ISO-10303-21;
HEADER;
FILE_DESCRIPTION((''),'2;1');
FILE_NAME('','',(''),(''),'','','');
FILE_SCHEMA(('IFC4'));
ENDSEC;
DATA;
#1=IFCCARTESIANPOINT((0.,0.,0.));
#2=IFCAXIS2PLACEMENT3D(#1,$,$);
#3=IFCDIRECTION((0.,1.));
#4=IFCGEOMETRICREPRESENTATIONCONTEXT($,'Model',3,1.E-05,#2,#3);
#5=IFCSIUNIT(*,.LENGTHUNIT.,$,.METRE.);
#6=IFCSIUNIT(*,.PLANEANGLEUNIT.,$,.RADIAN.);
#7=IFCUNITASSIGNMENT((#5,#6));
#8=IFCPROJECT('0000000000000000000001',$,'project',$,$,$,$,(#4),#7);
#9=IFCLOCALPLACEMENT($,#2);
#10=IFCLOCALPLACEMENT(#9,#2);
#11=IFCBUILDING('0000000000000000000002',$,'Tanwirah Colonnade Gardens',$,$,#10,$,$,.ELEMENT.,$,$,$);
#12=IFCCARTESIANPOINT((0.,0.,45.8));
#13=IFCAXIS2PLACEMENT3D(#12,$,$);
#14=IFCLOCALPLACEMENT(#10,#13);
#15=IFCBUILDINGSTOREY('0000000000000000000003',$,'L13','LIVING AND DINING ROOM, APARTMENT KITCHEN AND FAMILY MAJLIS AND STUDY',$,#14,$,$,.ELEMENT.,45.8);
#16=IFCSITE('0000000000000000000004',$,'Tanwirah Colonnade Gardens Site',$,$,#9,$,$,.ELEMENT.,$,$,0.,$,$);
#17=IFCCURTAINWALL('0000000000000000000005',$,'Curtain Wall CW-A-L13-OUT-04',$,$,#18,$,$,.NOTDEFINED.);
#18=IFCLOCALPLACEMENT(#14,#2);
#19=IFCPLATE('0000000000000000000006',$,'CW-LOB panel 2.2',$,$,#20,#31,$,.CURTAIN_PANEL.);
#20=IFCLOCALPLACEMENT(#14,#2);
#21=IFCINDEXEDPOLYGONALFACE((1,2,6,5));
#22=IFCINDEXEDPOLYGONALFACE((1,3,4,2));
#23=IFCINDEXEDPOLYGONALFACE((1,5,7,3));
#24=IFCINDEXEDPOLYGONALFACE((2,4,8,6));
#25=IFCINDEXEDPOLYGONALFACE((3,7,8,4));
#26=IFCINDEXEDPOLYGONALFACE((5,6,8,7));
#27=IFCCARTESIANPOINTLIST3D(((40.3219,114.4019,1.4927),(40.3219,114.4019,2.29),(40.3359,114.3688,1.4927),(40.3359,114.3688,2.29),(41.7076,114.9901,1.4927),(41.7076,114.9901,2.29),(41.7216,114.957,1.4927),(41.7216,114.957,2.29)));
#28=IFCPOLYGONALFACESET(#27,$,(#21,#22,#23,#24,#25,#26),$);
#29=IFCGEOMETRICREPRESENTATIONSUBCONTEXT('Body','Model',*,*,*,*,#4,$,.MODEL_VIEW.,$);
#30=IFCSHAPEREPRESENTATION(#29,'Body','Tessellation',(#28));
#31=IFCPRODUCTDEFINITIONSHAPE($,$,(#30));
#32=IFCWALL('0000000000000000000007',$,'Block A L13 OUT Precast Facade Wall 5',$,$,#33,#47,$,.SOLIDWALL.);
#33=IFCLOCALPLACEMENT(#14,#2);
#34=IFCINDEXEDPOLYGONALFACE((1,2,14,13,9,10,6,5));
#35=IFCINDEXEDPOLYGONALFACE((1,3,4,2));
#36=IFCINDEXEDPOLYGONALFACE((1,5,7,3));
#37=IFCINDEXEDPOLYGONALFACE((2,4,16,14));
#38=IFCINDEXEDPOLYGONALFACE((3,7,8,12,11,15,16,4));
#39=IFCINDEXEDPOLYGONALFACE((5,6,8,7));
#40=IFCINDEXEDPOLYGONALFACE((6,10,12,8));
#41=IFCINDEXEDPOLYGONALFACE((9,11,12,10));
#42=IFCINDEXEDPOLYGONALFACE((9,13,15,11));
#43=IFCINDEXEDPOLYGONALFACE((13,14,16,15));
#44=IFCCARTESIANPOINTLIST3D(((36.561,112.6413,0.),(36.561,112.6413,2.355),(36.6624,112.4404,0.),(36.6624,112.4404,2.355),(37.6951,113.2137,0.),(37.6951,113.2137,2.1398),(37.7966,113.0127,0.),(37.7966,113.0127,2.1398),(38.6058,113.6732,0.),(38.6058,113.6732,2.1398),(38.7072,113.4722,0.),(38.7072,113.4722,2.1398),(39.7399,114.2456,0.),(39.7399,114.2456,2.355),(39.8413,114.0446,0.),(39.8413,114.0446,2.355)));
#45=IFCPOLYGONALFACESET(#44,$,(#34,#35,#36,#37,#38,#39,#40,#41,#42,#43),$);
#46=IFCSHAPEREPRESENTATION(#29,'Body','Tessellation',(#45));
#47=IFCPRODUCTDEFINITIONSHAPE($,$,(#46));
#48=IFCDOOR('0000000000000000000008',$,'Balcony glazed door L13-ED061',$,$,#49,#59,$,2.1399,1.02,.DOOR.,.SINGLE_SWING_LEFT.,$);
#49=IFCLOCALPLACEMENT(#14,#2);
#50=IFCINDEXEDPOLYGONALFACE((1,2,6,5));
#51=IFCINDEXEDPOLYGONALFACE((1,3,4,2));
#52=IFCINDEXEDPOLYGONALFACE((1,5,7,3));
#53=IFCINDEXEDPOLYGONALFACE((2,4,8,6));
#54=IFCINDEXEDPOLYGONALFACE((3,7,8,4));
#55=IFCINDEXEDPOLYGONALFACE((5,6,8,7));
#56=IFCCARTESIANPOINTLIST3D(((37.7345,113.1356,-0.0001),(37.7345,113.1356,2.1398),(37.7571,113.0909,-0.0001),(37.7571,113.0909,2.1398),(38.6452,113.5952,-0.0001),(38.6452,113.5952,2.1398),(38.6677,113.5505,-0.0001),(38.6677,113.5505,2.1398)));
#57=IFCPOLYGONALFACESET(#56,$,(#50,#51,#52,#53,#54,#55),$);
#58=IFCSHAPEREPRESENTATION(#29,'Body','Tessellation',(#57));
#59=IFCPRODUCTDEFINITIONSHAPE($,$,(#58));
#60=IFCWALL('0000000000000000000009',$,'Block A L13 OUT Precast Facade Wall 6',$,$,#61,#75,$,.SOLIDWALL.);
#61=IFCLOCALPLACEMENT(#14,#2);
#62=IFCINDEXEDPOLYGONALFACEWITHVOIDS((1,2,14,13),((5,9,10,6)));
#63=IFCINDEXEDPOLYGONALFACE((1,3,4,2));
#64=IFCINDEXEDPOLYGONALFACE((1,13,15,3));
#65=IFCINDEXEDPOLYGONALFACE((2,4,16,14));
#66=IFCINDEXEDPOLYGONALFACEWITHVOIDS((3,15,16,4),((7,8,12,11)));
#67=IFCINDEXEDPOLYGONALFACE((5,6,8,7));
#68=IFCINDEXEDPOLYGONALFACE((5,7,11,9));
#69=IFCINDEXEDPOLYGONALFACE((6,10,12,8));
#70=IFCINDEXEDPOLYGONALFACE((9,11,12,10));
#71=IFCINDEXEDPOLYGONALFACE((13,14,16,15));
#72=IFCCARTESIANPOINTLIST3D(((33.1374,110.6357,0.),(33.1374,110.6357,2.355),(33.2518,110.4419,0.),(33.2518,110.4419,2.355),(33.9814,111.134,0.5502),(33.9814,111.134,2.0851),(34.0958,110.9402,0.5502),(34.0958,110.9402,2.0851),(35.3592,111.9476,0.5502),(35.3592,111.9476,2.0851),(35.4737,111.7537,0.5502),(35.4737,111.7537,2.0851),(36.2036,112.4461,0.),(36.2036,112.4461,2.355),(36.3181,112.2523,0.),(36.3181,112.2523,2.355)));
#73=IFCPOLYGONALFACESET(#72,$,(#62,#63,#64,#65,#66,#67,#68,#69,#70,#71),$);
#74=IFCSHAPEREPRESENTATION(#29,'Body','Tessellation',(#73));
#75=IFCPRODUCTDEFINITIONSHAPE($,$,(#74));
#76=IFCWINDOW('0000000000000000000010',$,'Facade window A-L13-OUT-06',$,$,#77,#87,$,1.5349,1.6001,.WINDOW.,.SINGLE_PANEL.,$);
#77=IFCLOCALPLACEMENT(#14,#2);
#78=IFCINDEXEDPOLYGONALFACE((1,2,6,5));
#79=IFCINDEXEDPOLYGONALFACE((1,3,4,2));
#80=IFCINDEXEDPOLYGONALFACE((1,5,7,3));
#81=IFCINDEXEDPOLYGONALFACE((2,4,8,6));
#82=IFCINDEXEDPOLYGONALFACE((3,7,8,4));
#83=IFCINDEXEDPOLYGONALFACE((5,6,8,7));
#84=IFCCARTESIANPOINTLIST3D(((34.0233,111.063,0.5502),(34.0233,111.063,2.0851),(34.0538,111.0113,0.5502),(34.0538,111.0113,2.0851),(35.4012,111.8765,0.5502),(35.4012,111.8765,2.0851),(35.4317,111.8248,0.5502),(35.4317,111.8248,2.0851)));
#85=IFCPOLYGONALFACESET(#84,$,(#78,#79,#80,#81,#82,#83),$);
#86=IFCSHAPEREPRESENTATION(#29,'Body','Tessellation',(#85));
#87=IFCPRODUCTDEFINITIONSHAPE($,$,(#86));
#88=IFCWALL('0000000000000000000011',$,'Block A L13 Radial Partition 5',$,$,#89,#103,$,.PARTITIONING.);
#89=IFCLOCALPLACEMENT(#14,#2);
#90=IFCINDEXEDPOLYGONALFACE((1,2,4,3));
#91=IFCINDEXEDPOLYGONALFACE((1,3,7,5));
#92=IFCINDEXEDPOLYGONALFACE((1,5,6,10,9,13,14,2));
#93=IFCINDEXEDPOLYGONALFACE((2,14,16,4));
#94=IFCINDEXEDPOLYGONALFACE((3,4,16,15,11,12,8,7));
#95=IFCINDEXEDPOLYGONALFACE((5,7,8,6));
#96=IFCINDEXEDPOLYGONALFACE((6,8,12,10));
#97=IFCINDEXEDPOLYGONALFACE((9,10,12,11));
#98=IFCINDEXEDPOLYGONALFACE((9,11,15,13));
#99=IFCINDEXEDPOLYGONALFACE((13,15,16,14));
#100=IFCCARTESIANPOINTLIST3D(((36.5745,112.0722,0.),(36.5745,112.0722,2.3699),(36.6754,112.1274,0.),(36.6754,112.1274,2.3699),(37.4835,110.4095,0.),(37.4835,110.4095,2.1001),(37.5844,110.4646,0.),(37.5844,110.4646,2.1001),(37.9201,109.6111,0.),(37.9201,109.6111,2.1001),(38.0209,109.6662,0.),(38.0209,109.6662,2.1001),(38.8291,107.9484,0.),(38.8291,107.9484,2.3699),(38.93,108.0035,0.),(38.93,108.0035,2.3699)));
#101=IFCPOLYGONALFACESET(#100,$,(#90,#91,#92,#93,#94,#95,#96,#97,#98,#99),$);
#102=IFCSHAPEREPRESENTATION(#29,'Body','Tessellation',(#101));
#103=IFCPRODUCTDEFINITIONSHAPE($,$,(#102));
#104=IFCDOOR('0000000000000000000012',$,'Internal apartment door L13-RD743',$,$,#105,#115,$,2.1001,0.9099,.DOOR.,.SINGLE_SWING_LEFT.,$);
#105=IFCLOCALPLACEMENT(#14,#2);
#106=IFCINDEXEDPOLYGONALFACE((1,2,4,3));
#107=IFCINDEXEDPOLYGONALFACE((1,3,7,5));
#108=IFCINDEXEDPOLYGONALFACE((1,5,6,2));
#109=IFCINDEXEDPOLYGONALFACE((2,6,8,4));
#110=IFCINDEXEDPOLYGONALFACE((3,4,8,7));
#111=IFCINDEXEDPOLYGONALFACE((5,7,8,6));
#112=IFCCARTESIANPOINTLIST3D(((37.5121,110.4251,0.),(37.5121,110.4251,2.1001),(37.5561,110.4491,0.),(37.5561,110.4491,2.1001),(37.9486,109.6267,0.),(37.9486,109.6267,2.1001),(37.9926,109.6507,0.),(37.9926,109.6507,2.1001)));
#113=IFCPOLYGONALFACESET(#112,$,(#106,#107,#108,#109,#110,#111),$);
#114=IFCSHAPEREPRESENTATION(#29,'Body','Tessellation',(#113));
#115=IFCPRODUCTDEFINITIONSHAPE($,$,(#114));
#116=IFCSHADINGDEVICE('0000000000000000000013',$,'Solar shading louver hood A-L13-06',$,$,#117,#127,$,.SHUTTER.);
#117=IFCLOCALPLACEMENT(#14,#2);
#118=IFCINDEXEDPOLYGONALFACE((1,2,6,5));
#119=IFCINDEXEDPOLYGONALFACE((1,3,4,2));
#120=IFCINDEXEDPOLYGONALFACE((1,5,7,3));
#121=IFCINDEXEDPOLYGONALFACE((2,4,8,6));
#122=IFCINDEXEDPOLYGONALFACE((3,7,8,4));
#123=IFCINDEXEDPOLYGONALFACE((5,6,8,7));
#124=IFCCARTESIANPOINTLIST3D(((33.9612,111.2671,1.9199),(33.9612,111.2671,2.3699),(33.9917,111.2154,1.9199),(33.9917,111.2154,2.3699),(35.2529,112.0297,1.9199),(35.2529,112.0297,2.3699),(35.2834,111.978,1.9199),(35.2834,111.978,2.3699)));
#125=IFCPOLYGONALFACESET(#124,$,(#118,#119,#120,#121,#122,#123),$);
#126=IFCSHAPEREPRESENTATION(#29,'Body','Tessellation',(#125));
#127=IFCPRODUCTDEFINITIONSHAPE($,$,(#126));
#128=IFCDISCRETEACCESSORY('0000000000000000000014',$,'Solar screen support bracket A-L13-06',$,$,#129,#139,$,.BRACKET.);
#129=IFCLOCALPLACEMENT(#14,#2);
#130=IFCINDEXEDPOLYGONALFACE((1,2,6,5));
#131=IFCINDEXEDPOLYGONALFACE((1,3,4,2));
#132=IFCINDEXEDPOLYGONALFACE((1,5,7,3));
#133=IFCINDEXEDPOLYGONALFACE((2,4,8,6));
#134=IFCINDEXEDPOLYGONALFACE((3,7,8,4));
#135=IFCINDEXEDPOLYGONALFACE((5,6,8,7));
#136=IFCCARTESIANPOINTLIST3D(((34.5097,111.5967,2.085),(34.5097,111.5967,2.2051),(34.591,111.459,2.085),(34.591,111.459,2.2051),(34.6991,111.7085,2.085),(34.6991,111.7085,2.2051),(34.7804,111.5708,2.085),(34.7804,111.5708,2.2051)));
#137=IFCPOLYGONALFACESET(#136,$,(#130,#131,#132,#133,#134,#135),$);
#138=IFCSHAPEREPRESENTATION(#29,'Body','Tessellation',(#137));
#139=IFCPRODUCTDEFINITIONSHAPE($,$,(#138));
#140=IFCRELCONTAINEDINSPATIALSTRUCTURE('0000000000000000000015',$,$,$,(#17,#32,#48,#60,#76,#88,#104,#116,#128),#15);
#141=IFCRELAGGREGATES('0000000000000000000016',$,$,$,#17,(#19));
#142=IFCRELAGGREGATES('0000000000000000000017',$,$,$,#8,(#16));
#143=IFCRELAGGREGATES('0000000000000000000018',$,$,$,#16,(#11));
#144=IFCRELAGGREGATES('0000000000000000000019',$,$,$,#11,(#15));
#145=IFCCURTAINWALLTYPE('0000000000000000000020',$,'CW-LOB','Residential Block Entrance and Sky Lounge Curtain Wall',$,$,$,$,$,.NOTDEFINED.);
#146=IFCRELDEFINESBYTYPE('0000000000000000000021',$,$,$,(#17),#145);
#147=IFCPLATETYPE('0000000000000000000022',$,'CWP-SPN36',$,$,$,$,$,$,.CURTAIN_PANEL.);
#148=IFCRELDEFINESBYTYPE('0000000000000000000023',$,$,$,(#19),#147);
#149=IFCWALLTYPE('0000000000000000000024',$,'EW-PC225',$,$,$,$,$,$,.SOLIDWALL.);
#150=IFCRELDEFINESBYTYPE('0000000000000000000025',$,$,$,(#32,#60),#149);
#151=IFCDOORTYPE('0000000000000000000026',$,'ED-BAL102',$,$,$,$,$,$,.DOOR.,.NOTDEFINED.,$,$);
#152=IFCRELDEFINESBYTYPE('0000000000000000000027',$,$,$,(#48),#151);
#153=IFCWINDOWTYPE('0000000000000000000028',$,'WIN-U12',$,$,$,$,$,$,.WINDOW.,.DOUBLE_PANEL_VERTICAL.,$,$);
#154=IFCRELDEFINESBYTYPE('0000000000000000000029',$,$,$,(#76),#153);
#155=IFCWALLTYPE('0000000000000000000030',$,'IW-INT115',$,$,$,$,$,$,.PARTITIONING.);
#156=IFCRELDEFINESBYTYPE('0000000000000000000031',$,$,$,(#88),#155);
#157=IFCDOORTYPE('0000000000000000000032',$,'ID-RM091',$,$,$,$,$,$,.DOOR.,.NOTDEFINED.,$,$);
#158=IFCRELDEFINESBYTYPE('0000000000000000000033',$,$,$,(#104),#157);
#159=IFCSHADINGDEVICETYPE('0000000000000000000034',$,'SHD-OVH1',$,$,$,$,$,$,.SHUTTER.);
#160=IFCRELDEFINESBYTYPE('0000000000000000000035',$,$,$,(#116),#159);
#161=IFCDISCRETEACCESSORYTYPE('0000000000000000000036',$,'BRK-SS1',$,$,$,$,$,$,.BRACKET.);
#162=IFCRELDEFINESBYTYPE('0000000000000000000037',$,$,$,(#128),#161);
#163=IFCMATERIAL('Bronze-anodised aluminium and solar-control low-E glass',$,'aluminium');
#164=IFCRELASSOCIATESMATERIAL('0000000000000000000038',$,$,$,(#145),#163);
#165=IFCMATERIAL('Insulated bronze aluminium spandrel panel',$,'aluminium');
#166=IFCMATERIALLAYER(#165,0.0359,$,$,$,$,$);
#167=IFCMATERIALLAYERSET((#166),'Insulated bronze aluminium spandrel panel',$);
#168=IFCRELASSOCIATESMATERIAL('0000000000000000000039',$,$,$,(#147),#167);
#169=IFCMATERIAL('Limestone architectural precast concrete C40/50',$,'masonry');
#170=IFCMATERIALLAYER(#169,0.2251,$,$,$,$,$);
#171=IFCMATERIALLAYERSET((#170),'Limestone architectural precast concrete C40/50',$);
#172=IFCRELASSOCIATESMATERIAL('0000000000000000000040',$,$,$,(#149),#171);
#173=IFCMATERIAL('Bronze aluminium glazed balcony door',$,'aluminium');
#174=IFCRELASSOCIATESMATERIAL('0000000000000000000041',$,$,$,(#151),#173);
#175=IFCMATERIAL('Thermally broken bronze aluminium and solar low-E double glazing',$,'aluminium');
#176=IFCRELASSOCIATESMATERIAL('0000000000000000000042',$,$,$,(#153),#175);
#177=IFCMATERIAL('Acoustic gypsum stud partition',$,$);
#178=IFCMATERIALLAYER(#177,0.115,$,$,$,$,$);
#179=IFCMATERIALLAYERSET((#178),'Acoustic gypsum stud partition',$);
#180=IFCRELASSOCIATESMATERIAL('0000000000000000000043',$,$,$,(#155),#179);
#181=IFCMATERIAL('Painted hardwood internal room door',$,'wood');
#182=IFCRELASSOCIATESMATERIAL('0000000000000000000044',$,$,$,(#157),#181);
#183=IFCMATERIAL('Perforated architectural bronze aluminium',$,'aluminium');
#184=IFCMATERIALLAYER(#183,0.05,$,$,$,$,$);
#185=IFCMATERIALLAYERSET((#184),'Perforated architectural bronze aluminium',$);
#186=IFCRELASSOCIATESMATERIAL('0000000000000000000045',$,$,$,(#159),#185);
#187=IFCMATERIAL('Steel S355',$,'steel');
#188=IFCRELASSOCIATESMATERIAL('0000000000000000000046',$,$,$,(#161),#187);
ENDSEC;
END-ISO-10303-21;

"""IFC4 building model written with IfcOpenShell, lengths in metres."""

from ifc_helpers import new_model, si_unit, direction, frame, frame_2d, origin, origin_2d, place, context, subcontext, project, spatial, rectangle, extrude, material, layer, layer_set, type_object, element, fill, aggregate, save


model = new_model("IFC4")

# Units and contexts
model_context = context("Model", 3, precision=1e-05, world=origin(), true_north=direction((0.0, 1.0)))
body_context = subcontext(model_context, "Body", "Model", "MODEL_VIEW")
ifc_project = project(units=[si_unit("LENGTHUNIT", "METRE"), si_unit("PLANEANGLEUNIT", "RADIAN")], contexts=[model_context])

# Site, building, storey
site_placement = place(None, origin())
site = spatial("IfcSite", under=ifc_project, at=site_placement, Name="Tanwirah Colonnade Gardens Site", CompositionType="ELEMENT", RefElevation=0.0)
building_placement = place(site_placement, origin())
building = spatial("IfcBuilding", under=site, at=building_placement, Name="Tanwirah Colonnade Gardens", CompositionType="ELEMENT")
storey_placement = place(building_placement, frame((0.0, 0.0, 45.8)))
storey = spatial("IfcBuildingStorey", under=building, at=storey_placement, Name="L13", Description="LIVING AND DINING ROOM, APARTMENT KITCHEN AND FAMILY MAJLIS AND STUDY", CompositionType="ELEMENT", Elevation=45.8)

# Curtain wall
ifc_material_1 = material(Name="Bronze-anodised aluminium and solar-control low-E glass", Category="aluminium")
curtain_wall_type = type_object("IfcCurtainWallType", Name="CW-LOB", Description="Residential Block Entrance and Sky Lounge Curtain Wall", PredefinedType="NOTDEFINED", material=ifc_material_1)
curtain_wall_placement = place(storey_placement, origin())
curtain_wall = element("IfcCurtainWall", 1, at=curtain_wall_placement, inside=storey, type_object=curtain_wall_type, Name="Curtain Wall CW-A-L13-OUT-04", PredefinedType="NOTDEFINED")

# Plate
ifc_material_2 = material(Name="Insulated bronze aluminium spandrel panel", Category="aluminium")
ifc_layer_1 = layer(ifc_material_2, 0.0359)
ifc_layer_set_1 = layer_set([ifc_layer_1], Name="Insulated bronze aluminium spandrel panel")
plate_type = type_object("IfcPlateType", Name="CWP-SPN36", PredefinedType="CURTAIN_PANEL", material=ifc_layer_set_1)
plate_1_placement = place(storey_placement, frame((41.0217, 114.6794, 1.4927), z_axis=(0.0, 0.0, 1.0), x_axis=(-0.920505, -0.39073, 0.0)))
plate_1 = element("IfcPlate", 2, at=plate_1_placement, type_object=plate_type, Name="CW-LOB panel 2.2", PredefinedType="CURTAIN_PANEL", context=body_context, shape_type="SweptSolid", body=[
    extrude(rectangle(XDim=1.5054, YDim=0.0359, at=origin_2d()), origin(), (0.0, 0.0, 1.0), 0.7974),
])
aggregate(curtain_wall, [plate_1])

# Wall, opening, door
ifc_material_3 = material(Name="Limestone architectural precast concrete C40/50", Category="masonry")
ifc_layer_2 = layer(ifc_material_3, 0.2251)
ifc_layer_set_2 = layer_set([ifc_layer_2], Name="Limestone architectural precast concrete C40/50")
wall_type_1 = type_object("IfcWallType", Name="EW-PC225", PredefinedType="SOLIDWALL", material=ifc_layer_set_2)
wall_1_placement = place(storey_placement, frame((39.7905, 114.145, 0.0), z_axis=(0.0, 0.0, 1.0), x_axis=(-0.892762, -0.450529, 0.0)))
wall_1 = element("IfcWall", 3, at=wall_1_placement, inside=storey, type_object=wall_type_1, Name="Block A L13 OUT Precast Facade Wall 5", PredefinedType="SOLIDWALL", context=body_context, shape_type="SweptSolid", body=[
    extrude(rectangle(XDim=3.5608, YDim=0.2251, at=frame_2d((1.7803, 0.0))), origin(), (0.0, 0.0, 1.0), 2.355),
])
opening_1_placement = place(wall_1_placement, frame((1.2703, 0.0, 0.0)))
opening_1 = element("IfcOpeningElement", 4, at=opening_1_placement, cuts=wall_1, PredefinedType="OPENING", context=body_context, shape_type="SweptSolid", body=[
    extrude(rectangle(XDim=1.02, YDim=2.1399, at=frame_2d((0.51, 1.0698))), frame((0.0, 0.1226, 0.0), z_axis=(0.0, -1.0, 0.0), x_axis=(1.0, 0.0, 0.0)), (0.0, 0.0, 1.0), 0.2451),
])
ifc_material_4 = material(Name="Bronze aluminium glazed balcony door", Category="aluminium")
door_type_1 = type_object("IfcDoorType", Name="ED-BAL102", OperationType="NOTDEFINED", PredefinedType="DOOR", material=ifc_material_4)
door_1_placement = place(opening_1_placement, origin())
door_1 = element("IfcDoor", 5, at=door_1_placement, inside=storey, type_object=door_type_1, Name="Balcony glazed door L13-ED061", OperationType="SINGLE_SWING_LEFT", OverallHeight=2.1399, OverallWidth=1.02, PredefinedType="DOOR", context=body_context, shape_type="SweptSolid", body=[
    extrude(rectangle(XDim=1.02, YDim=2.1399, at=frame_2d((0.51, 1.0698))), frame((0.0, 0.0249, 0.0), z_axis=(0.0, -1.0, 0.0), x_axis=(1.0, 0.0, 0.0)), (0.0, 0.0, 1.0), 0.05),
])
fill(opening_1, door_1)

# Wall, opening, window
wall_2_placement = place(storey_placement, frame((36.2607, 112.3491, 0.0), z_axis=(0.0, 0.0, 1.0), x_axis=(-0.861113, -0.508413, 0.0)))
wall_2 = element("IfcWall", 6, at=wall_2_placement, inside=storey, type_object=wall_type_1, Name="Block A L13 OUT Precast Facade Wall 6", PredefinedType="SOLIDWALL", context=body_context, shape_type="SweptSolid", body=[
    extrude(rectangle(XDim=3.5608, YDim=0.2251, at=frame_2d((1.7803, 0.0))), origin(), (0.0, 0.0, 1.0), 2.355),
])
opening_2_placement = place(wall_2_placement, frame((0.9805, 0.0, 0.55)))
opening_2 = element("IfcOpeningElement", 7, at=opening_2_placement, cuts=wall_2, PredefinedType="OPENING", context=body_context, shape_type="SweptSolid", body=[
    extrude(rectangle(XDim=1.6001, YDim=1.5349, at=frame_2d((0.8, 0.7676))), frame((0.0, 0.1226, 0.0), z_axis=(0.0, -1.0, 0.0), x_axis=(1.0, 0.0, 0.0)), (0.0, 0.0, 1.0), 0.2451),
])
ifc_material_5 = material(Name="Thermally broken bronze aluminium and solar low-E double glazing", Category="aluminium")
window_type = type_object("IfcWindowType", Name="WIN-U12", PartitioningType="DOUBLE_PANEL_VERTICAL", PredefinedType="WINDOW", material=ifc_material_5)
window_placement = place(opening_2_placement, origin())
window = element("IfcWindow", 8, at=window_placement, inside=storey, type_object=window_type, Name="Facade window A-L13-OUT-06", OverallHeight=1.5349, OverallWidth=1.6001, PartitioningType="SINGLE_PANEL", PredefinedType="WINDOW", context=body_context, shape_type="SweptSolid", body=[
    extrude(rectangle(XDim=1.6001, YDim=1.5349, at=frame_2d((0.8, 0.7676))), frame((0.0, 0.03, 0.0), z_axis=(0.0, -1.0, 0.0), x_axis=(1.0, 0.0, 0.0)), (0.0, 0.0, 1.0), 0.0601),
])
fill(opening_2, window)

# Wall, opening, door
ifc_material_6 = material(Name="Acoustic gypsum stud partition")
ifc_layer_3 = layer(ifc_material_6, 0.115)
ifc_layer_set_3 = layer_set([ifc_layer_3], Name="Acoustic gypsum stud partition")
wall_type_2 = type_object("IfcWallType", Name="IW-INT115", PredefinedType="PARTITIONING", material=ifc_layer_set_3)
wall_3_placement = place(storey_placement, frame((38.8796, 107.9758, 0.0), z_axis=(0.0, 0.0, 1.0), x_axis=(-0.479722, 0.877421, 0.0)))
wall_3 = element("IfcWall", 9, at=wall_3_placement, inside=storey, type_object=wall_type_2, Name="Block A L13 Radial Partition 5", PredefinedType="PARTITIONING", context=body_context, shape_type="SweptSolid", body=[
    extrude(rectangle(XDim=4.7, YDim=0.115, at=frame_2d((2.3501, 0.0))), origin(), (0.0, 0.0, 1.0), 2.3699),
])
opening_3_placement = place(wall_3_placement, frame((1.895, 0.0, 0.0)))
opening_3 = element("IfcOpeningElement", 10, at=opening_3_placement, cuts=wall_3, PredefinedType="OPENING", context=body_context, shape_type="SweptSolid", body=[
    extrude(rectangle(XDim=0.9099, YDim=2.1001, at=frame_2d((0.4551, 1.05))), frame((0.0, 0.0674, 0.0), z_axis=(0.0, -1.0, 0.0), x_axis=(1.0, 0.0, 0.0)), (0.0, 0.0, 1.0), 0.135),
])
ifc_material_7 = material(Name="Painted hardwood internal room door", Category="wood")
door_type_2 = type_object("IfcDoorType", Name="ID-RM091", OperationType="NOTDEFINED", PredefinedType="DOOR", material=ifc_material_7)
door_2_placement = place(opening_3_placement, origin())
door_2 = element("IfcDoor", 11, at=door_2_placement, inside=storey, type_object=door_type_2, Name="Internal apartment door L13-RD743", OperationType="SINGLE_SWING_LEFT", OverallHeight=2.1001, OverallWidth=0.9099, PredefinedType="DOOR", context=body_context, shape_type="SweptSolid", body=[
    extrude(rectangle(XDim=0.9099, YDim=2.1001, at=frame_2d((0.4551, 1.05))), frame((0.0, 0.0249, 0.0), z_axis=(0.0, -1.0, 0.0), x_axis=(1.0, 0.0, 0.0)), (0.0, 0.0, 1.0), 0.05),
])
fill(opening_3, door_2)

# Shading device
ifc_material_8 = material(Name="Perforated architectural bronze aluminium", Category="aluminium")
ifc_layer_4 = layer(ifc_material_8, 0.05)
ifc_layer_set_4 = layer_set([ifc_layer_4], Name="Perforated architectural bronze aluminium")
shading_device_type = type_object("IfcShadingDeviceType", Name="SHD-OVH1", PredefinedType="SHUTTER", material=ifc_layer_set_4)
shading_device_placement = place(storey_placement, frame((34.6223, 111.6226, 1.9199), z_axis=(0.0, 0.0, 1.0), x_axis=(-0.861136, -0.508374, 0.0)))
element("IfcShadingDevice", 12, at=shading_device_placement, inside=storey, type_object=shading_device_type, Name="Solar shading louver hood A-L13-06", PredefinedType="SHUTTER", context=body_context, shape_type="SweptSolid", body=[
    extrude(rectangle(XDim=1.5, YDim=0.0601, at=origin_2d()), origin(), (0.0, 0.0, 1.0), 0.45),
])

# Discrete accessory
ifc_material_9 = material(Name="Steel S355", Category="steel")
discrete_accessory_type = type_object("IfcDiscreteAccessoryType", Name="BRK-SS1", PredefinedType="BRACKET", material=ifc_material_9)
discrete_accessory_placement = place(storey_placement, frame((34.645, 111.5837, 2.085), z_axis=(0.0, 0.0, 1.0), x_axis=(-0.861136, -0.508374, 0.0)))
element("IfcDiscreteAccessory", 13, at=discrete_accessory_placement, inside=storey, type_object=discrete_accessory_type, Name="Solar screen support bracket A-L13-06", PredefinedType="BRACKET", context=body_context, shape_type="SweptSolid", body=[
    extrude(rectangle(XDim=0.22, YDim=0.1599, at=origin_2d()), origin(), (0.0, 0.0, 1.0), 0.1201),
])

save(model, "model.ifc")
